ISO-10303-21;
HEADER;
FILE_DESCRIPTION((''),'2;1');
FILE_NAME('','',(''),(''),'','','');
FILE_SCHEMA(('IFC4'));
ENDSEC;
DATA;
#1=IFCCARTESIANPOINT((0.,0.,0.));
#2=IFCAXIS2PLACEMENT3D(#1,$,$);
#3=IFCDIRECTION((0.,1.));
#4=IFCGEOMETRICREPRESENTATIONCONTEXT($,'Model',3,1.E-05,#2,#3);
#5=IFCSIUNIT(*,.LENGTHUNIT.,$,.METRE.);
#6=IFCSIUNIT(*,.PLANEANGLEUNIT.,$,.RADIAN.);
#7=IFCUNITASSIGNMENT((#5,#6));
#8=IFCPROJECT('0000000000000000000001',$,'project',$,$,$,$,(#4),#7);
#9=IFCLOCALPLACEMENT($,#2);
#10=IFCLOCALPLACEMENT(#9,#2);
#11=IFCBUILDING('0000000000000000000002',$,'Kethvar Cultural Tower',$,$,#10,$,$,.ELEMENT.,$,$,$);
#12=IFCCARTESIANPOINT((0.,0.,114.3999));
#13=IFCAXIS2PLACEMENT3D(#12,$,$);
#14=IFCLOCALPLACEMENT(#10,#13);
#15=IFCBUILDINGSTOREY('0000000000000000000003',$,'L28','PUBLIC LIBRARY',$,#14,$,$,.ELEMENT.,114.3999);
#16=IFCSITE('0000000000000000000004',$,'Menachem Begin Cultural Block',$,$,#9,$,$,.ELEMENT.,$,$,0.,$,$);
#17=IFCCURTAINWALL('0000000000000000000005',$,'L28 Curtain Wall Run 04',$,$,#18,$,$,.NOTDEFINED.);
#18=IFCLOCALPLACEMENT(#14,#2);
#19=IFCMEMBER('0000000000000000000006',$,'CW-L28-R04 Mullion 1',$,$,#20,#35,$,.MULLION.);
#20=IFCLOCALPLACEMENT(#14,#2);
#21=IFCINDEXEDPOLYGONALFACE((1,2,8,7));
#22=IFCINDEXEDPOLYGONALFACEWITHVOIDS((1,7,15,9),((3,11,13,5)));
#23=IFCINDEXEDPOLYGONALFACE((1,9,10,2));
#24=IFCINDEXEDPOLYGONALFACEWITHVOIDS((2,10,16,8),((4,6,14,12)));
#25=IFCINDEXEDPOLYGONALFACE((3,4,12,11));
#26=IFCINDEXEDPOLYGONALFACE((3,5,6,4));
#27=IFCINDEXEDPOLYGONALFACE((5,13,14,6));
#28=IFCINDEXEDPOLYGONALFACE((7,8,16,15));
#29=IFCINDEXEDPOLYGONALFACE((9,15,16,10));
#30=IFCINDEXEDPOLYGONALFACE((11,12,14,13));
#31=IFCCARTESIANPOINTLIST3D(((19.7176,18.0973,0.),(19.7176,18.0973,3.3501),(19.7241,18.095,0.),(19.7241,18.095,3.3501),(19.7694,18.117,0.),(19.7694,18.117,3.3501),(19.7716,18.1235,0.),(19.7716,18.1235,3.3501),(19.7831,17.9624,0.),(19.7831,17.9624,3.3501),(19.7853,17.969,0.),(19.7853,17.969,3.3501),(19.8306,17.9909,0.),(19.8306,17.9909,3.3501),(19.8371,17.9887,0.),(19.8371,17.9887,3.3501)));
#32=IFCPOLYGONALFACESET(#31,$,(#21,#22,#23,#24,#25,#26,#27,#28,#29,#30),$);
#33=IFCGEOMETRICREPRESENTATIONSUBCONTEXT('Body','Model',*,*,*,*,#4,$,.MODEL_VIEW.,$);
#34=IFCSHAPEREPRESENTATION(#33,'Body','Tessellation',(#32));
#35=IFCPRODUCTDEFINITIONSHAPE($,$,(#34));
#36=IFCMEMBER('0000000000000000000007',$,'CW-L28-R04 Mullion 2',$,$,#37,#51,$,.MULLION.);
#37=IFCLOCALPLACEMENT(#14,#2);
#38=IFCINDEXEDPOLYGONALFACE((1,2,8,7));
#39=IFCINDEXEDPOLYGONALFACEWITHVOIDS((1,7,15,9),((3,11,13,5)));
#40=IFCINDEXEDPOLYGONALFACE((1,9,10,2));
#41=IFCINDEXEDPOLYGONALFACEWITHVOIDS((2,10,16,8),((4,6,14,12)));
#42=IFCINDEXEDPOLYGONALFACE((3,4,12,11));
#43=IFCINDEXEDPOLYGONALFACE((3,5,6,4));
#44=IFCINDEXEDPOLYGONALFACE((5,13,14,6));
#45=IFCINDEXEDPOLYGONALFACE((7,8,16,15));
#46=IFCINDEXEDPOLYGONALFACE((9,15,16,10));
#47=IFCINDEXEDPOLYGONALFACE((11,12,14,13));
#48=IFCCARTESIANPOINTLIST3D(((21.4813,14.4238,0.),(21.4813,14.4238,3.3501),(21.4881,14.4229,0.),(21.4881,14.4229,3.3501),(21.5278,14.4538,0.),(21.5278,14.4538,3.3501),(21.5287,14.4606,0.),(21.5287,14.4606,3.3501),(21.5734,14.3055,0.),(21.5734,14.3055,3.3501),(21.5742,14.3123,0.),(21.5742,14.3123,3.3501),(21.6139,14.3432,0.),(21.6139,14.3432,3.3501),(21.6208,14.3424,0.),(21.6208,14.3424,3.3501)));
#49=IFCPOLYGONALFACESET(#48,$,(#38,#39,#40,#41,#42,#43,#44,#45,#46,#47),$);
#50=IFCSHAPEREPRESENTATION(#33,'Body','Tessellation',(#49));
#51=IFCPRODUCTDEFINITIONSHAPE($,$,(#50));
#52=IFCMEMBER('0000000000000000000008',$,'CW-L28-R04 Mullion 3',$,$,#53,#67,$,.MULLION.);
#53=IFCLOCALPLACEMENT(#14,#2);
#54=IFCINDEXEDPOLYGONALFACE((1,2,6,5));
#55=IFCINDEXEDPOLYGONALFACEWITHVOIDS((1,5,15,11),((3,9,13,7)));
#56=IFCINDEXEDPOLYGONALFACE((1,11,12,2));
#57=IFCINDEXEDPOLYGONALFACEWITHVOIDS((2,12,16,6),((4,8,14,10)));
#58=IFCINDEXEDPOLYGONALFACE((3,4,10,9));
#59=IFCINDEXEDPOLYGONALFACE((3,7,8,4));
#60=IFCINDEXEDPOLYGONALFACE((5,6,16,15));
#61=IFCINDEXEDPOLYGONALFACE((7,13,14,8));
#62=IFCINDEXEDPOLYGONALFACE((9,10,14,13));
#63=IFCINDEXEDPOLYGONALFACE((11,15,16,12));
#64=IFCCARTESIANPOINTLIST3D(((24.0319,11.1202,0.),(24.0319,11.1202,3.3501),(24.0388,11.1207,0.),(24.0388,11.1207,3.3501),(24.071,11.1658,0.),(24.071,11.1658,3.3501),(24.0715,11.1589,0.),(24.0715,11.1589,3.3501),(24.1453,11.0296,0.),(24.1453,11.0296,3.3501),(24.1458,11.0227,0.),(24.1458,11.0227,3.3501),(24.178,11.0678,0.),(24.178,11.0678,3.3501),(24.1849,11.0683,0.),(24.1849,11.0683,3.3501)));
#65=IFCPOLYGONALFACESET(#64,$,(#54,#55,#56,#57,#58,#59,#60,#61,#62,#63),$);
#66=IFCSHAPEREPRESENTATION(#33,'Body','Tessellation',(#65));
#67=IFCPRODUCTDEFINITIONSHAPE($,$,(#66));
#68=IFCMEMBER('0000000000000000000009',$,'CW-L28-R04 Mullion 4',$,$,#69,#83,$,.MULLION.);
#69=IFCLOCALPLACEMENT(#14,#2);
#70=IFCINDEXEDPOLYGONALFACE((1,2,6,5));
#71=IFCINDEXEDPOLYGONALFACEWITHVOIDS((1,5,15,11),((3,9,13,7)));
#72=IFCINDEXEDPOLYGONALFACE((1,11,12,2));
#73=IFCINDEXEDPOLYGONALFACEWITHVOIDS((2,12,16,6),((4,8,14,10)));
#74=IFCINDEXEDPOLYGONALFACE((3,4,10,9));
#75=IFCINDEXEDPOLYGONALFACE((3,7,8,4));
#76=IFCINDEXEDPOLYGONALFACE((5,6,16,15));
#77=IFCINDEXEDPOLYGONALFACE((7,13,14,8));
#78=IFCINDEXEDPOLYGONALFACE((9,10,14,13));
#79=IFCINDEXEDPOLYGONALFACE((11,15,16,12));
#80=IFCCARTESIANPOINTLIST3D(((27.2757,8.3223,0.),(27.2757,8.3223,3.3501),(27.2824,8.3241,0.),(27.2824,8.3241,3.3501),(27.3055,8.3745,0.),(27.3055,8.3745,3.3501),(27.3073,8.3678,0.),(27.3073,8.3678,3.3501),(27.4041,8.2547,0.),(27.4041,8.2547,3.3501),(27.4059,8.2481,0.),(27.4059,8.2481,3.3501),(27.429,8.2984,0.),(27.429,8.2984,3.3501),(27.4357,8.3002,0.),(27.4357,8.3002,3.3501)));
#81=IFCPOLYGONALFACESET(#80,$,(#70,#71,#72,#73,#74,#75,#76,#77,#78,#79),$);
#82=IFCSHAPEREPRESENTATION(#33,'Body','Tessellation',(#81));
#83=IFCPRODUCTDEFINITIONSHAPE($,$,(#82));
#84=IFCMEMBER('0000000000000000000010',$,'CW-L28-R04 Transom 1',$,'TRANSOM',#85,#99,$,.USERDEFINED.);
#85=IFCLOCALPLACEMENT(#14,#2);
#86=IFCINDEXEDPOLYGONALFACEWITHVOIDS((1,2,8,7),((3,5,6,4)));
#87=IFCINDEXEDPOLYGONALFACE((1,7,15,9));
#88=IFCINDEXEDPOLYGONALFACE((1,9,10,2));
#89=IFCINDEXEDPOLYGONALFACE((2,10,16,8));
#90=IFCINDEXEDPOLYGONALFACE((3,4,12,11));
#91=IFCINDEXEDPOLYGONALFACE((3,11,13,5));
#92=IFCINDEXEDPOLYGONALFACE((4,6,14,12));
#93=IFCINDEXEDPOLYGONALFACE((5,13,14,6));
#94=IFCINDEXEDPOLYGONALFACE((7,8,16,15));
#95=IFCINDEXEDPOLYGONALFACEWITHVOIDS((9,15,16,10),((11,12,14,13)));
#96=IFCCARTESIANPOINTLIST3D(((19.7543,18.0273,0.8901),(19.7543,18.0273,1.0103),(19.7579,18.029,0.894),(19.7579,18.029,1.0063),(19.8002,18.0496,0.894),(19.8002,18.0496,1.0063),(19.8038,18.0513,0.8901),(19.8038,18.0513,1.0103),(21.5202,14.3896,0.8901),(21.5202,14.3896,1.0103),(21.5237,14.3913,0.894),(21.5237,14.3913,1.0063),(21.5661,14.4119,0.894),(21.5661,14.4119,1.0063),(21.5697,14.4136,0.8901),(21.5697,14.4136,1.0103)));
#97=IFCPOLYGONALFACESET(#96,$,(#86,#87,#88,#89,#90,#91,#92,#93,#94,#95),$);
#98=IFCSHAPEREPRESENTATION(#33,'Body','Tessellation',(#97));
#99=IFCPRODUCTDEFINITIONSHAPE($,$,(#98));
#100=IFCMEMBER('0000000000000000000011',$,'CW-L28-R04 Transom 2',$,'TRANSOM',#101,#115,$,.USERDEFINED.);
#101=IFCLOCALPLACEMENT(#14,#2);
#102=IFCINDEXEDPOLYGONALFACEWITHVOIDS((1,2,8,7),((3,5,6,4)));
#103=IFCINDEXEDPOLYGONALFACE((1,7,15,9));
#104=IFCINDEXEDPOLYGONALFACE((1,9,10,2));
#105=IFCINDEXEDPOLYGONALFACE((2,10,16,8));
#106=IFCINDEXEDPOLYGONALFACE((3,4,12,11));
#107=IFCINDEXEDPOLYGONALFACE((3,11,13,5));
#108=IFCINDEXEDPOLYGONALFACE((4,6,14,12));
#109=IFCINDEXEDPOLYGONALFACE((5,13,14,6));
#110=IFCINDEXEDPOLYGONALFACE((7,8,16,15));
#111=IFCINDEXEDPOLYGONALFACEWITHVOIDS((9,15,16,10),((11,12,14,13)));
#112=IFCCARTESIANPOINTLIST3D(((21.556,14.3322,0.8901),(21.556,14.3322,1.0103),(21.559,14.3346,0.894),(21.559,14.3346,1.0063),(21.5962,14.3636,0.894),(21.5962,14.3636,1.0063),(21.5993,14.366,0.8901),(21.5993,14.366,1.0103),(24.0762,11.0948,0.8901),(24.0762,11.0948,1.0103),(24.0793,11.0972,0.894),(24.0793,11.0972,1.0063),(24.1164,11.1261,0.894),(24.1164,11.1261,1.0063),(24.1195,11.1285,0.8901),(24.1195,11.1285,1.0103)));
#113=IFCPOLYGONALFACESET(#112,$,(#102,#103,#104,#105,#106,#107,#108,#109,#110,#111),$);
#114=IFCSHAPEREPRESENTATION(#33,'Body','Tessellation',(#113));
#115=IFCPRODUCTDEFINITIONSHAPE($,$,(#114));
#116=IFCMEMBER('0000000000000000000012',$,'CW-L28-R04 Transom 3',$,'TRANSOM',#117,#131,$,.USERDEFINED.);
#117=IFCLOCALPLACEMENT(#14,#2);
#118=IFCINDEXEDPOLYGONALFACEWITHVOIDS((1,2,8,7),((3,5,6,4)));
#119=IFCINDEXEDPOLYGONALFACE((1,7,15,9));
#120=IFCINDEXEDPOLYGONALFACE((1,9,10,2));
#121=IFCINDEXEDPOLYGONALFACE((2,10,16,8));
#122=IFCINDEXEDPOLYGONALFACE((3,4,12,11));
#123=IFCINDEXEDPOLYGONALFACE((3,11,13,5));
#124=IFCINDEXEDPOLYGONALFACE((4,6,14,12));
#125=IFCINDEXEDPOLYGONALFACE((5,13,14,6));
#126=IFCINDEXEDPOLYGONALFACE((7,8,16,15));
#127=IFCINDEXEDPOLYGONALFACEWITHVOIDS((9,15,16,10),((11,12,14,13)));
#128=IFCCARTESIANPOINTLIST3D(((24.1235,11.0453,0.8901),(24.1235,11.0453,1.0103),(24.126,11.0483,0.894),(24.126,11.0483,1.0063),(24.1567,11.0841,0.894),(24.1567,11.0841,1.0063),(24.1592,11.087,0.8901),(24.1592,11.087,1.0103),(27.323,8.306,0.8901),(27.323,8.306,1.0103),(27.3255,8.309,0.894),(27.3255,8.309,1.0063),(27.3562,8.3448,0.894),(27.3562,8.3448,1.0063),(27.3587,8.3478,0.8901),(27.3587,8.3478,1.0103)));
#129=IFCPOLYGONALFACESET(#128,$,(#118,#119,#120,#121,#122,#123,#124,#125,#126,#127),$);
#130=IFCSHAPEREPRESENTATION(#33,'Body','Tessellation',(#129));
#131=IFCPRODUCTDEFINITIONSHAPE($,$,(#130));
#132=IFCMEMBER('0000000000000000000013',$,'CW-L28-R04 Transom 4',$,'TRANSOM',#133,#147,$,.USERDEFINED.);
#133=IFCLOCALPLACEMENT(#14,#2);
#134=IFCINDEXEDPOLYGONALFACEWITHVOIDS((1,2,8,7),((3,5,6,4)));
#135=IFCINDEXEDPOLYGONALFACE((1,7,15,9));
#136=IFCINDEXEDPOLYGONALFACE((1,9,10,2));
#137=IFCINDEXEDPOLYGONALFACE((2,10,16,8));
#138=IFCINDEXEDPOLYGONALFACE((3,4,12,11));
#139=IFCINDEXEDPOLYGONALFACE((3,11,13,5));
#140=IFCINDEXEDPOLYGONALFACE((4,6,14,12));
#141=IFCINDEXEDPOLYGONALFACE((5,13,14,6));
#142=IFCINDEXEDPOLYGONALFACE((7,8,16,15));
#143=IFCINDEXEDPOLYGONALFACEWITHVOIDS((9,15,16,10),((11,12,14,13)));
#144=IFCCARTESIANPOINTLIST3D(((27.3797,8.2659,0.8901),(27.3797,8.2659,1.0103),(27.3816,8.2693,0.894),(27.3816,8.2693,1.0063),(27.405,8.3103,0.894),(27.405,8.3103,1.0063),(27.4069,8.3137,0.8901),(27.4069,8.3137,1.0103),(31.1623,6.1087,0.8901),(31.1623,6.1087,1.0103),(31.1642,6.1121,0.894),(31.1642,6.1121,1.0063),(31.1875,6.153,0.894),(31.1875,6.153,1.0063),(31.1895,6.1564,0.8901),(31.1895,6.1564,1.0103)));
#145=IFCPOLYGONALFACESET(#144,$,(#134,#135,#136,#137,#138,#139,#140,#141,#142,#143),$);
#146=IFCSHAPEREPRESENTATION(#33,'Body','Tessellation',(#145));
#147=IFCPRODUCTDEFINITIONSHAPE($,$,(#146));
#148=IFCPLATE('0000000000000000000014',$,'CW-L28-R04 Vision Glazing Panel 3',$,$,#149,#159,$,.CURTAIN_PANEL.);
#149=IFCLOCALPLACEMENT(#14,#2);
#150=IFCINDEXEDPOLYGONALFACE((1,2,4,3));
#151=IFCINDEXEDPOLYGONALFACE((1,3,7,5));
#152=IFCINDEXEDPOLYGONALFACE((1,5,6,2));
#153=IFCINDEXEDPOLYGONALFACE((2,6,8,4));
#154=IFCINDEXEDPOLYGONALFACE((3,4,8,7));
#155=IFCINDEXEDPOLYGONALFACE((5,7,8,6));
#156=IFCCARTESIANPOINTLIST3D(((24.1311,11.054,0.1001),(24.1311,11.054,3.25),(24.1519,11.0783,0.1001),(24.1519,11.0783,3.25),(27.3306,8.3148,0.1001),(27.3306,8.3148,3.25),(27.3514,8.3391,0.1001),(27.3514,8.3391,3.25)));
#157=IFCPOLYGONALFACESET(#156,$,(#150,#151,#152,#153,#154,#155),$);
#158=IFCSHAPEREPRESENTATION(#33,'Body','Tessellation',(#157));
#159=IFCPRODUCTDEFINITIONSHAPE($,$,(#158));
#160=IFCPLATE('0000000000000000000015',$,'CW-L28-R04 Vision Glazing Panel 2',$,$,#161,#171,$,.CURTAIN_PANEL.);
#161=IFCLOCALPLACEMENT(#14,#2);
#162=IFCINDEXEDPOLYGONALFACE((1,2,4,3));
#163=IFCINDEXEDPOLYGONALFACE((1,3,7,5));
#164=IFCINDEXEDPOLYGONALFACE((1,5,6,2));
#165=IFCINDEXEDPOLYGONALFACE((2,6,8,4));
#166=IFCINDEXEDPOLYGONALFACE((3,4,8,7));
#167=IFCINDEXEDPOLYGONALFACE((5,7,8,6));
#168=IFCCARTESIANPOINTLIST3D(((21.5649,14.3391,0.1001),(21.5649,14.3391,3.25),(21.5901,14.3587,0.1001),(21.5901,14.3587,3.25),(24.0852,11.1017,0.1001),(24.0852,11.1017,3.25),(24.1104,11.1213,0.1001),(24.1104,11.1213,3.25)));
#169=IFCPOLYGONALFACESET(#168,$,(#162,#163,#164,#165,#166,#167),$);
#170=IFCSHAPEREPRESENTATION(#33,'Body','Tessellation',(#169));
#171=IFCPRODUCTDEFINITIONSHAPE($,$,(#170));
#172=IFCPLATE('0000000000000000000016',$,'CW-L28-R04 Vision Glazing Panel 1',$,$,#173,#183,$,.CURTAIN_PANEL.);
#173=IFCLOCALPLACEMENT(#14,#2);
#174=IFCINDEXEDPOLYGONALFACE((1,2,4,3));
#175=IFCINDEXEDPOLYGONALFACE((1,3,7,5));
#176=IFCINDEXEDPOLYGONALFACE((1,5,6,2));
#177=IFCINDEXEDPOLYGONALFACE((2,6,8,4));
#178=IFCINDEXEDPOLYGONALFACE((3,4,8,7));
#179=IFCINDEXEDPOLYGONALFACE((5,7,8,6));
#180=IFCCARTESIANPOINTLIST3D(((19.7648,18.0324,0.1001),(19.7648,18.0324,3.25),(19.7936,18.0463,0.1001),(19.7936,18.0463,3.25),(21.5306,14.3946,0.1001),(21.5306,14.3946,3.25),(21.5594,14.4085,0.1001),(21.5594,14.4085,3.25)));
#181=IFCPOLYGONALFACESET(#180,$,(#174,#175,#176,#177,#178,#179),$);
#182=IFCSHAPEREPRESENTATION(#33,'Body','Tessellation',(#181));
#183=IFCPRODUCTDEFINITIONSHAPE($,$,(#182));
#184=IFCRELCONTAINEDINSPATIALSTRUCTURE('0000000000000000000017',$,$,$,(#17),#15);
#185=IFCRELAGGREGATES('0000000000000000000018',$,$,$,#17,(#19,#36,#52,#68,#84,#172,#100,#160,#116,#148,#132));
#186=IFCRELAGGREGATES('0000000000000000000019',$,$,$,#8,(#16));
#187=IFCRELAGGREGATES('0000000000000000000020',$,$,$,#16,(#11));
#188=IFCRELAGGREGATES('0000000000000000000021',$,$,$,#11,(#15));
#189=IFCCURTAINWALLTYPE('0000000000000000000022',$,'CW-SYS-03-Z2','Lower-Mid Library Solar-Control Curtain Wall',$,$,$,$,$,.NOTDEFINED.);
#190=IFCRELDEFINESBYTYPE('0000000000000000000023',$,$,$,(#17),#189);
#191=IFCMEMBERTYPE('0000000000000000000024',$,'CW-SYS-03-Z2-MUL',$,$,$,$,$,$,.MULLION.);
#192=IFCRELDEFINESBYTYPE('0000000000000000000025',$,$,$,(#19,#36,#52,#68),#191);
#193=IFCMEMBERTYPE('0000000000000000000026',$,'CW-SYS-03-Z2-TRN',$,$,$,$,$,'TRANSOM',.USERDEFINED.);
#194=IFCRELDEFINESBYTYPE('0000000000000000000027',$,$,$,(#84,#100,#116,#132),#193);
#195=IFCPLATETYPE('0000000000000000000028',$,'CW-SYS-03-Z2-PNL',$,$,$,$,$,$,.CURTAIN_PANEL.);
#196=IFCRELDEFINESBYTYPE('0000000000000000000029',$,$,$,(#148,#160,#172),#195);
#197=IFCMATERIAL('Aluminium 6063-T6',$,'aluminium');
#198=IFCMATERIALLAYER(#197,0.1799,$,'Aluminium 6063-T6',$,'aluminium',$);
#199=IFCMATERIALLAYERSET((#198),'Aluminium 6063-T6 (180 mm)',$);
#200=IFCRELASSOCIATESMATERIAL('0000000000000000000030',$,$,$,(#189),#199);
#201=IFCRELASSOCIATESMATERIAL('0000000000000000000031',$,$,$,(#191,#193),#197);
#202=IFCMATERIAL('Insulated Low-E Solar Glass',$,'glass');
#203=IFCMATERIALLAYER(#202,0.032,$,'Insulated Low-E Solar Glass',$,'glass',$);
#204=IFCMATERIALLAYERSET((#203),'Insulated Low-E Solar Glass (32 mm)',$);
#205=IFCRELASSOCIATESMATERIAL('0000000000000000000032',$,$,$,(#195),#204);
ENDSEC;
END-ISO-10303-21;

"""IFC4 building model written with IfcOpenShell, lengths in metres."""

from ifc_helpers import new_model, si_unit, direction, frame, origin, origin_2d, place, context, subcontext, project, spatial, rectangle, hollow_rectangle, extrude, source, transform, mapped, material, layer, layer_set, material_profile, profile_set, type_object, element, aggregate, save


model = new_model("IFC4")

# Units and contexts
model_context = context("Model", 3, precision=1e-05, world=origin(), true_north=direction((0.0, 1.0)))
body_context = subcontext(model_context, "Body", "Model", "MODEL_VIEW")
ifc_project = project(units=[si_unit("LENGTHUNIT", "METRE"), si_unit("PLANEANGLEUNIT", "RADIAN")], contexts=[model_context])

# Site, building, storey
site_placement = place(None, origin())
site = spatial("IfcSite", under=ifc_project, at=site_placement, Name="Menachem Begin Cultural Block", CompositionType="ELEMENT", RefElevation=0.0)
building_placement = place(site_placement, origin())
building = spatial("IfcBuilding", under=site, at=building_placement, Name="Kethvar Cultural Tower", CompositionType="ELEMENT")
storey_placement = place(building_placement, frame((0.0, 0.0, 114.3999)))
storey = spatial("IfcBuildingStorey", under=building, at=storey_placement, Name="L28", Description="PUBLIC LIBRARY", CompositionType="ELEMENT", Elevation=114.3999)

# Curtain wall, members, plates
ifc_material_1 = material(Name="Aluminium 6063-T6", Category="aluminium")
ifc_layer_1 = layer(ifc_material_1, 0.1799, Name="Aluminium 6063-T6", Category="aluminium")
ifc_layer_set_1 = layer_set([ifc_layer_1], Name="Aluminium 6063-T6 (180 mm)")
curtain_wall_type = type_object("IfcCurtainWallType", Name="CW-SYS-03-Z2", Description="Lower-Mid Library Solar-Control Curtain Wall", PredefinedType="NOTDEFINED", material=ifc_layer_set_1)
curtain_wall_placement = place(storey_placement, origin())
curtain_wall = element("IfcCurtainWall", 1, at=curtain_wall_placement, inside=storey, type_object=curtain_wall_type, Name="L28 Curtain Wall Run 04", PredefinedType="NOTDEFINED")
ifc_material_profile_1 = material_profile(ifc_material_1, hollow_rectangle(XDim=0.0601, YDim=0.1499, WallThickness=0.0049, at=origin_2d()), Name="Aluminium 6063-T6 — RHS150x60x5")
ifc_profile_set_1 = profile_set([ifc_material_profile_1], Name="Aluminium 6063-T6 — RHS150x60x5")
member_type_1 = type_object("IfcMemberType", Name="CW-SYS-03-Z2-MUL", PredefinedType="MULLION", material=ifc_profile_set_1)
shared_shape_1 = source(origin(), body_context, "Body", "SweptSolid", [
    extrude(hollow_rectangle(XDim=0.0601, YDim=0.1499, WallThickness=0.0049, at=origin_2d()), origin(), (0.0, 0.0, 1.0), 3.3501),
])
member_1_placement = place(storey_placement, frame((19.7773, 18.043, 0.0), z_axis=(0.0, 0.0, 1.0), x_axis=(0.899619, 0.436676, 0.0)))
member_1 = element("IfcMember", 2, at=member_1_placement, type_object=member_type_1, Name="CW-L28-R04 Mullion 1", PredefinedType="MULLION", context=body_context, shape_type="MappedRepresentation", body=[
    mapped(shared_shape_1, transform((0.0, 0.0, 0.0), scale=1.0)),
])
member_2_placement = place(storey_placement, frame((21.551, 14.3831, 0.0), z_axis=(0.0, 0.0, 1.0), x_axis=(0.789073, 0.614299, 0.0)))
member_2 = element("IfcMember", 3, at=member_2_placement, type_object=member_type_1, Name="CW-L28-R04 Mullion 2", PredefinedType="MULLION", context=body_context, shape_type="MappedRepresentation", body=[
    mapped(shared_shape_1, transform((0.0, 0.0, 0.0), scale=1.0)),
])
member_3_placement = place(storey_placement, frame((24.1084, 11.0942, 0.0), z_axis=(0.0, 0.0, 1.0), x_axis=(0.65035, 0.759635, 0.0)))
member_3 = element("IfcMember", 4, at=member_3_placement, type_object=member_type_1, Name="CW-L28-R04 Mullion 3", PredefinedType="MULLION", context=body_context, shape_type="MappedRepresentation", body=[
    mapped(shared_shape_1, transform((0.0, 0.0, 0.0), scale=1.0)),
])
member_4_placement = place(storey_placement, frame((27.3557, 8.3113, 0.0), z_axis=(0.0, 0.0, 1.0), x_axis=(0.495413, 0.868657, 0.0)))
member_4 = element("IfcMember", 5, at=member_4_placement, type_object=member_type_1, Name="CW-L28-R04 Mullion 4", PredefinedType="MULLION", context=body_context, shape_type="MappedRepresentation", body=[
    mapped(shared_shape_1, transform((0.0, 0.0, 0.0), scale=1.0)),
])
ifc_material_profile_2 = material_profile(ifc_material_1, hollow_rectangle(XDim=0.0549, YDim=0.1201, WallThickness=0.0039, at=origin_2d()), Name="Aluminium 6063-T6 — RHS120x55x4")
ifc_profile_set_2 = profile_set([ifc_material_profile_2], Name="Aluminium 6063-T6 — RHS120x55x4")
member_type_2 = type_object("IfcMemberType", Name="CW-SYS-03-Z2-TRN", ElementType="TRANSOM", PredefinedType="USERDEFINED", material=ifc_profile_set_2)
shared_shape_2 = source(origin(), body_context, "Body", "SweptSolid", [
    extrude(hollow_rectangle(XDim=0.0549, YDim=0.1201, WallThickness=0.0039, at=origin_2d()), origin(), (0.0, 0.0, 1.0), 4.0437),
])
member_5_placement = place(storey_placement, frame((19.7791, 18.0393, 0.9502), z_axis=(0.436702, -0.899606, 0.0), x_axis=(0.899606, 0.436702, 0.0)))
member_5 = element("IfcMember", 6, at=member_5_placement, type_object=member_type_2, Name="CW-L28-R04 Transom 1", ObjectType="TRANSOM", PredefinedType="USERDEFINED", context=body_context, shape_type="MappedRepresentation", body=[
    mapped(shared_shape_2, transform((0.0, 0.0, 0.0), scale=1.0)),
])
shared_shape_3 = source(origin(), body_context, "Body", "SweptSolid", [
    extrude(hollow_rectangle(XDim=0.0549, YDim=0.1201, WallThickness=0.0039, at=origin_2d()), origin(), (0.0, 0.0, 1.0), 4.1028),
])
member_6_placement = place(storey_placement, frame((21.5776, 14.3491, 0.9502), z_axis=(0.61427, -0.789096, 0.0), x_axis=(0.789096, 0.61427, 0.0)))
member_6 = element("IfcMember", 7, at=member_6_placement, type_object=member_type_2, Name="CW-L28-R04 Transom 2", ObjectType="TRANSOM", PredefinedType="USERDEFINED", context=body_context, shape_type="MappedRepresentation", body=[
    mapped(shared_shape_3, transform((0.0, 0.0, 0.0), scale=1.0)),
])
shared_shape_4 = source(origin(), body_context, "Body", "SweptSolid", [
    extrude(hollow_rectangle(XDim=0.0549, YDim=0.1201, WallThickness=0.0039, at=origin_2d()), origin(), (0.0, 0.0, 1.0), 4.2119),
])
member_7_placement = place(storey_placement, frame((24.1414, 11.0662, 0.9502), z_axis=(0.759625, -0.650362, 0.0), x_axis=(0.650362, 0.759625, 0.0)))
member_7 = element("IfcMember", 8, at=member_7_placement, type_object=member_type_2, Name="CW-L28-R04 Transom 3", ObjectType="TRANSOM", PredefinedType="USERDEFINED", context=body_context, shape_type="MappedRepresentation", body=[
    mapped(shared_shape_4, transform((0.0, 0.0, 0.0), scale=1.0)),
])
shared_shape_5 = source(origin(), body_context, "Body", "SweptSolid", [
    extrude(hollow_rectangle(XDim=0.0549, YDim=0.1201, WallThickness=0.0039, at=origin_2d()), origin(), (0.0, 0.0, 1.0), 4.3545),
])
member_8_placement = place(storey_placement, frame((27.3933, 8.2898, 0.9502), z_axis=(0.868657, -0.495414, 0.0), x_axis=(0.495414, 0.868657, 0.0)))
member_8 = element("IfcMember", 9, at=member_8_placement, type_object=member_type_2, Name="CW-L28-R04 Transom 4", ObjectType="TRANSOM", PredefinedType="USERDEFINED", context=body_context, shape_type="MappedRepresentation", body=[
    mapped(shared_shape_5, transform((0.0, 0.0, 0.0), scale=1.0)),
])
ifc_material_2 = material(Name="Insulated Low-E Solar Glass", Category="glass")
ifc_layer_2 = layer(ifc_material_2, 0.032, Name="Insulated Low-E Solar Glass", Category="glass")
ifc_layer_set_2 = layer_set([ifc_layer_2], Name="Insulated Low-E Solar Glass (32 mm)")
plate_type = type_object("IfcPlateType", Name="CW-SYS-03-Z2-PNL", PredefinedType="CURTAIN_PANEL", material=ifc_layer_set_2)
shared_shape_6 = source(origin(), body_context, "Body", "SweptSolid", [
    extrude(rectangle(XDim=4.2119, YDim=0.032, at=origin_2d()), origin(), (0.0, 0.0, 1.0), 3.1499),
])
plate_1_placement = place(storey_placement, frame((25.7412, 9.6965, 0.1001), z_axis=(0.0, 0.0, 1.0), x_axis=(0.759635, -0.65035, 0.0)))
plate_1 = element("IfcPlate", 10, at=plate_1_placement, type_object=plate_type, Name="CW-L28-R04 Vision Glazing Panel 3", PredefinedType="CURTAIN_PANEL", context=body_context, shape_type="MappedRepresentation", body=[
    mapped(shared_shape_6, transform((0.0, 0.0, 0.0), scale=1.0)),
])
shared_shape_7 = source(origin(), body_context, "Body", "SweptSolid", [
    extrude(rectangle(XDim=4.1028, YDim=0.032, at=origin_2d()), origin(), (0.0, 0.0, 1.0), 3.1499),
])
plate_2_placement = place(storey_placement, frame((22.8376, 12.7302, 0.1001), z_axis=(0.0, 0.0, 1.0), x_axis=(0.614299, -0.789073, 0.0)))
plate_2 = element("IfcPlate", 11, at=plate_2_placement, type_object=plate_type, Name="CW-L28-R04 Vision Glazing Panel 2", PredefinedType="CURTAIN_PANEL", context=body_context, shape_type="MappedRepresentation", body=[
    mapped(shared_shape_7, transform((0.0, 0.0, 0.0), scale=1.0)),
])
shared_shape_8 = source(origin(), body_context, "Body", "SweptSolid", [
    extrude(rectangle(XDim=4.0437, YDim=0.032, at=origin_2d()), origin(), (0.0, 0.0, 1.0), 3.1499),
])
plate_3_placement = place(storey_placement, frame((20.6621, 16.2205, 0.1001), z_axis=(0.0, 0.0, 1.0), x_axis=(0.436676, -0.899619, 0.0)))
plate_3 = element("IfcPlate", 12, at=plate_3_placement, type_object=plate_type, Name="CW-L28-R04 Vision Glazing Panel 1", PredefinedType="CURTAIN_PANEL", context=body_context, shape_type="MappedRepresentation", body=[
    mapped(shared_shape_8, transform((0.0, 0.0, 0.0), scale=1.0)),
])
aggregate(curtain_wall, [member_1, member_2, member_3, member_4, member_5, plate_3, member_6, plate_2, member_7, plate_1, member_8])

save(model, "model.ifc")
